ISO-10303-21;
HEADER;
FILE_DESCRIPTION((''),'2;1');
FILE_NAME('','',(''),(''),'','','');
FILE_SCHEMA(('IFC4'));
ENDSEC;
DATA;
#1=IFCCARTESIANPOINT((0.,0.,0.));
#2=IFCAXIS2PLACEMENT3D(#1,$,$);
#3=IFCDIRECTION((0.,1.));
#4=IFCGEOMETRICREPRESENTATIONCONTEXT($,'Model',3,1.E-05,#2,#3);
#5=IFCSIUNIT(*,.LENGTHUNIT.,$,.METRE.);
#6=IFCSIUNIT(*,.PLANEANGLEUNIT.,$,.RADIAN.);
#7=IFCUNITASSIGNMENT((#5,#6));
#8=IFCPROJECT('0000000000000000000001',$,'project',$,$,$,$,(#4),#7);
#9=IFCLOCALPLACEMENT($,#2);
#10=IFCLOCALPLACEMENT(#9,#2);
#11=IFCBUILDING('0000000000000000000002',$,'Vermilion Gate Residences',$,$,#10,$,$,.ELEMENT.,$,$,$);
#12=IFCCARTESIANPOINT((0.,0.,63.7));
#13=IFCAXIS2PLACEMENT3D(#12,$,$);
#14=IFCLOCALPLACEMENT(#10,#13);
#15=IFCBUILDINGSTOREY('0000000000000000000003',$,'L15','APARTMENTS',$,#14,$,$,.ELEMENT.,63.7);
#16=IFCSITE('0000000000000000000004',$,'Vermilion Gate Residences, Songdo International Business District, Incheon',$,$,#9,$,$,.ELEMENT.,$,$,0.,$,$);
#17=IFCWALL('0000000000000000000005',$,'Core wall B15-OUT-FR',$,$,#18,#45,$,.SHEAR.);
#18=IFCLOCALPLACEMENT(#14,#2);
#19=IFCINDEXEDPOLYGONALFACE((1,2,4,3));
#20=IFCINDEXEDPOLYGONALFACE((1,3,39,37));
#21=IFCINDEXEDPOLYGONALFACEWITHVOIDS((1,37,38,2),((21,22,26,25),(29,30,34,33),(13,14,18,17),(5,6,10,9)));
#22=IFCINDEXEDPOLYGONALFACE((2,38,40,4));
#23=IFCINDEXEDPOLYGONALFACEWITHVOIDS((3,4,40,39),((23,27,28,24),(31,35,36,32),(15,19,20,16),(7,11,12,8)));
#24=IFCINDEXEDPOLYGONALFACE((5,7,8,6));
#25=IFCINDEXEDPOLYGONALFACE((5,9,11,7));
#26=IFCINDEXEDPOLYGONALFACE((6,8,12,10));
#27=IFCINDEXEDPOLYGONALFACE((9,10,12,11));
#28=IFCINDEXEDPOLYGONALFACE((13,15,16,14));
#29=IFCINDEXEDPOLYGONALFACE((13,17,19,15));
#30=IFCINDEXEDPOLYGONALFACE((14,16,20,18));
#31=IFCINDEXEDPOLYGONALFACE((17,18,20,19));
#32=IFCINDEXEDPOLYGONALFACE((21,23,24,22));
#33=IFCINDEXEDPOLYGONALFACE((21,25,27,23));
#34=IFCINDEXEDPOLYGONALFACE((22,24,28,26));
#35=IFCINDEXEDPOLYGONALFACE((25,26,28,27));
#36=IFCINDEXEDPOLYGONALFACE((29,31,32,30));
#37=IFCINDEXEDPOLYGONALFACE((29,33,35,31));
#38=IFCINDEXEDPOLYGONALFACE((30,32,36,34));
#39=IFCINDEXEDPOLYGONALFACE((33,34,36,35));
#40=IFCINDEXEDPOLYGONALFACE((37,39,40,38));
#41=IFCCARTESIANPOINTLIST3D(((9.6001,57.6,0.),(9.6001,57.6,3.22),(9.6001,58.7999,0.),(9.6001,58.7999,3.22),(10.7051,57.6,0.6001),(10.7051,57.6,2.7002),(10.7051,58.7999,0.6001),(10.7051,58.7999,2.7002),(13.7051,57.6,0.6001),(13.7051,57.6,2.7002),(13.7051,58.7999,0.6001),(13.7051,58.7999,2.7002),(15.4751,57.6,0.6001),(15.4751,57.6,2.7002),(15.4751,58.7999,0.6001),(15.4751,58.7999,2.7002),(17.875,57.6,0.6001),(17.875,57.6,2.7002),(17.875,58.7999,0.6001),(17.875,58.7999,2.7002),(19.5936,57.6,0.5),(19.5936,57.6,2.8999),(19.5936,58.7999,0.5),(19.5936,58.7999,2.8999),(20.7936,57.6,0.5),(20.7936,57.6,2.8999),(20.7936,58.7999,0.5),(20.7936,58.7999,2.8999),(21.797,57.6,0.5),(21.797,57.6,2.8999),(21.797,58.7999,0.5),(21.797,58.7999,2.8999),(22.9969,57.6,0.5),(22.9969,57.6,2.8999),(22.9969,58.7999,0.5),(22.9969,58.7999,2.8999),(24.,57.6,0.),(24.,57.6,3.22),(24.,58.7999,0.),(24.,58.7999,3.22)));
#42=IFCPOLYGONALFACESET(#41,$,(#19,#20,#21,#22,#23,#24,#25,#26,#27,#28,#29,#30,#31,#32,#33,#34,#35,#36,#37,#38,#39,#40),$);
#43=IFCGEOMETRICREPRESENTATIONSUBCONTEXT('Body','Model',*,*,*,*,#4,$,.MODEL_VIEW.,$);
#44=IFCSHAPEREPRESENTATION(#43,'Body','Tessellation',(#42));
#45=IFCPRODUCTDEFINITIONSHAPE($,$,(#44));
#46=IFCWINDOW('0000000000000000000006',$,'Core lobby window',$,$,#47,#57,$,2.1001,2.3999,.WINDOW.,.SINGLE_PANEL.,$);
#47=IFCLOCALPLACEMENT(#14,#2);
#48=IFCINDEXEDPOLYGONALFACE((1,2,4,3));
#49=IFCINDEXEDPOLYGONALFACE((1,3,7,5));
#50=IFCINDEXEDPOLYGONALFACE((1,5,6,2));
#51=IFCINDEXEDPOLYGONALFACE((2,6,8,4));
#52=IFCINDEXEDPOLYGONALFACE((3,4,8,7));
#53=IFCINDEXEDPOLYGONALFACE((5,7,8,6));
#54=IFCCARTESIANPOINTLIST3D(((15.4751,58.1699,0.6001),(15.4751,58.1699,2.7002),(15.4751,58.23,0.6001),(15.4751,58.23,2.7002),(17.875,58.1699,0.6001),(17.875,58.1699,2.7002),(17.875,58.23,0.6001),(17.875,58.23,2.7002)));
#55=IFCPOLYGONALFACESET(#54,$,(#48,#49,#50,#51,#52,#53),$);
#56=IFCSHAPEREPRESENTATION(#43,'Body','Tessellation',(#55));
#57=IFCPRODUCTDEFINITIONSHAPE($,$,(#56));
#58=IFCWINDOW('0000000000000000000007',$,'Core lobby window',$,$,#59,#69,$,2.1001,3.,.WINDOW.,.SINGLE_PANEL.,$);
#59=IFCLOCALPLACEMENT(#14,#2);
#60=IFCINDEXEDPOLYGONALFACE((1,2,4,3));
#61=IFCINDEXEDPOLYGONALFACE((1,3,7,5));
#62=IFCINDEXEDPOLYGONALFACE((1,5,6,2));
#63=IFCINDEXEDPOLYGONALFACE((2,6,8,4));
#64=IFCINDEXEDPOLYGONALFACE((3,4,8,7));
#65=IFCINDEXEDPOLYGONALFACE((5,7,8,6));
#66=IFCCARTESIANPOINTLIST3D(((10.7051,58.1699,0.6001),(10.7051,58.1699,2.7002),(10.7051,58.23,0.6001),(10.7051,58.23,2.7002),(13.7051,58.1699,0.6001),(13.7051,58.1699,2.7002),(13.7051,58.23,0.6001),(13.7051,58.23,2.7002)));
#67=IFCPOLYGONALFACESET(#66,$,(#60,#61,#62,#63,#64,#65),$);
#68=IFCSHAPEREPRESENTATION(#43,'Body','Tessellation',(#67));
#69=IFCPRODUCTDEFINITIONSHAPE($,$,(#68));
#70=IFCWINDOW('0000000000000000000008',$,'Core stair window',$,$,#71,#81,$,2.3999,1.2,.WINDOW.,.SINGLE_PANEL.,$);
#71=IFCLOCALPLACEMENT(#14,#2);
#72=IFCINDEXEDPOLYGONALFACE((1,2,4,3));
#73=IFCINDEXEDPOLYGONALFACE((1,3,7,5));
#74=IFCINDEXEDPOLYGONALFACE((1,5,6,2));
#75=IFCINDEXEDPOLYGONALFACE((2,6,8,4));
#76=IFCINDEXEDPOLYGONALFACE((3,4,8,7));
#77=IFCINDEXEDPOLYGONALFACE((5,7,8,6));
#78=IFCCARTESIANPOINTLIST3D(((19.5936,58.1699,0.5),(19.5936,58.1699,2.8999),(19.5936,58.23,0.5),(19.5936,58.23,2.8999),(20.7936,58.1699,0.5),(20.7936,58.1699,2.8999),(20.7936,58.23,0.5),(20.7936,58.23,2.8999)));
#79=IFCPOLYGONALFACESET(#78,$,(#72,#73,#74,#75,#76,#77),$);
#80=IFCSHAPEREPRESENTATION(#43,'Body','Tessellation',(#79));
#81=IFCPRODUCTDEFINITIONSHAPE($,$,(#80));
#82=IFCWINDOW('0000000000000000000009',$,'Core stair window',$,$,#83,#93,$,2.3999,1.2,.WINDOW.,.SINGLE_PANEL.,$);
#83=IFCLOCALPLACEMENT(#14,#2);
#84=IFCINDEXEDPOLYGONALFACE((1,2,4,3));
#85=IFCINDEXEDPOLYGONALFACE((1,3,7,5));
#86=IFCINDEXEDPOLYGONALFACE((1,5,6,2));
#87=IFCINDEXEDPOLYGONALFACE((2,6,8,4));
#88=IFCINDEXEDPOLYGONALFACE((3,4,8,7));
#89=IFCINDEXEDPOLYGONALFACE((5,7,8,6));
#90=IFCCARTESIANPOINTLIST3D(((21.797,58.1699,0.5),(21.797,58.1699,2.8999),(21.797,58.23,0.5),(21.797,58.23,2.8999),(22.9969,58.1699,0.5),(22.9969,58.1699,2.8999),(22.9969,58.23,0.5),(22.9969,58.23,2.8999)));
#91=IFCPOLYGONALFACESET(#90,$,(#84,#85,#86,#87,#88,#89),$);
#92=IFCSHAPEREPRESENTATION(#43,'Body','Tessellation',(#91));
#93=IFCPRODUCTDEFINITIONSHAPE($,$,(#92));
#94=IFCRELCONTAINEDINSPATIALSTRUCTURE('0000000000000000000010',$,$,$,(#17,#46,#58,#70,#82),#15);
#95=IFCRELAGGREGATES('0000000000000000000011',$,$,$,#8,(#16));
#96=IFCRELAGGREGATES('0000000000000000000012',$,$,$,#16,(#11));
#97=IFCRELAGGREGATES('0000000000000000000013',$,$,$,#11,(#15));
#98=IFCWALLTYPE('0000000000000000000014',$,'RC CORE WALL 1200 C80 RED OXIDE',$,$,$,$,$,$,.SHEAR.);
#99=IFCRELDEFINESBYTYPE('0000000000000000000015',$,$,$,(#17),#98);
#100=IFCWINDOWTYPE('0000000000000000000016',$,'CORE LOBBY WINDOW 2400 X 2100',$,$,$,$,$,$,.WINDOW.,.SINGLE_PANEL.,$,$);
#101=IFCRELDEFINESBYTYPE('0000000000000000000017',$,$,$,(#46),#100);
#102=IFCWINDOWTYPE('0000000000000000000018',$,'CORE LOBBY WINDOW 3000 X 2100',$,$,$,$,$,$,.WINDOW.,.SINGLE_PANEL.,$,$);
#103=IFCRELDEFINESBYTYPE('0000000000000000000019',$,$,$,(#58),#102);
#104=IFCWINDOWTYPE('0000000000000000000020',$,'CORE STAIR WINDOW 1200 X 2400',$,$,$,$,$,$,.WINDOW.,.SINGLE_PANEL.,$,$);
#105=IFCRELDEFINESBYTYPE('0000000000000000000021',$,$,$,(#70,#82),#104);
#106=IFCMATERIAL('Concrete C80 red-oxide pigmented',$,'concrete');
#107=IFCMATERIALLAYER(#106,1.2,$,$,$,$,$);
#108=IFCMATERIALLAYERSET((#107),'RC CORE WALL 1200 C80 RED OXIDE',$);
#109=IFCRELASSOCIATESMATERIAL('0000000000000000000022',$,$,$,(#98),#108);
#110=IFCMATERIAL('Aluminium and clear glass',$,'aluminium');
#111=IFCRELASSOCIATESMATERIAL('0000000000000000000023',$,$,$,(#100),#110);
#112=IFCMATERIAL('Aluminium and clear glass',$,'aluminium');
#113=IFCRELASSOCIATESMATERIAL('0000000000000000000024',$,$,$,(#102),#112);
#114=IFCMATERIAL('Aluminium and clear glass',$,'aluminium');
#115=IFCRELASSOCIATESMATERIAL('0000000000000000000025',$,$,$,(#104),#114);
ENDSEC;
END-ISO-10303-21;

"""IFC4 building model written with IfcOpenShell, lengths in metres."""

from ifc_helpers import new_model, si_unit, direction, frame, frame_2d, origin, place, context, subcontext, project, spatial, rectangle, extrude, material, layer, layer_set, type_object, element, fill, save


model = new_model("IFC4")

# Units and contexts
model_context = context("Model", 3, precision=1e-05, world=origin(), true_north=direction((0.0, 1.0)))
body_context = subcontext(model_context, "Body", "Model", "MODEL_VIEW")
ifc_project = project(units=[si_unit("LENGTHUNIT", "METRE"), si_unit("PLANEANGLEUNIT", "RADIAN")], contexts=[model_context])

# Site, building, storey
site_placement = place(None, origin())
site = spatial("IfcSite", under=ifc_project, at=site_placement, Name="Vermilion Gate Residences, Songdo International Business District, Incheon", CompositionType="ELEMENT", RefElevation=0.0)
building_placement = place(site_placement, origin())
building = spatial("IfcBuilding", under=site, at=building_placement, Name="Vermilion Gate Residences", CompositionType="ELEMENT")
storey_placement = place(building_placement, frame((0.0, 0.0, 63.7)))
storey = spatial("IfcBuildingStorey", under=building, at=storey_placement, Name="L15", Description="APARTMENTS", CompositionType="ELEMENT", Elevation=63.7)

# Wall, openings, windows
ifc_material_1 = material(Name="Concrete C80 red-oxide pigmented", Category="concrete")
ifc_layer_1 = layer(ifc_material_1, 1.2)
ifc_layer_set_1 = layer_set([ifc_layer_1], Name="RC CORE WALL 1200 C80 RED OXIDE")
wall_type_1 = type_object("IfcWallType", Name="RC CORE WALL 1200 C80 RED OXIDE", PredefinedType="SHEAR", material=ifc_layer_set_1)
wall_1_placement = place(storey_placement, frame((9.6001, 58.2, 0.0), z_axis=(0.0, 0.0, 1.0), x_axis=(1.0, 0.0, 0.0)))
wall_1 = element("IfcWall", 1, at=wall_1_placement, inside=storey, type_object=wall_type_1, Name="Core wall B15-OUT-FR", PredefinedType="SHEAR", context=body_context, shape_type="SweptSolid", body=[
    extrude(rectangle(XDim=14.3999, YDim=1.2, at=frame_2d((7.2, 0.0))), origin(), (0.0, 0.0, 1.0), 3.22),
])
opening_1_placement = place(wall_1_placement, frame((1.105, 0.0, 0.6001)))
opening_1 = element("IfcOpeningElement", 2, at=opening_1_placement, cuts=wall_1, PredefinedType="OPENING", context=body_context, shape_type="SweptSolid", body=[
    extrude(rectangle(XDim=3.0, YDim=2.1001, at=frame_2d((1.5, 1.05))), frame((0.0, 0.6099, 0.0), z_axis=(0.0, -1.0, 0.0), x_axis=(1.0, 0.0, 0.0)), (0.0, 0.0, 1.0), 1.22),
])
opening_2_placement = place(wall_1_placement, frame((5.875, 0.0, 0.6001)))
opening_2 = element("IfcOpeningElement", 3, at=opening_2_placement, cuts=wall_1, PredefinedType="OPENING", context=body_context, shape_type="SweptSolid", body=[
    extrude(rectangle(XDim=2.3999, YDim=2.1001, at=frame_2d((1.2, 1.05))), frame((0.0, 0.6099, 0.0), z_axis=(0.0, -1.0, 0.0), x_axis=(1.0, 0.0, 0.0)), (0.0, 0.0, 1.0), 1.22),
])
opening_3_placement = place(wall_1_placement, frame((9.9934, 0.0, 0.5)))
opening_3 = element("IfcOpeningElement", 4, at=opening_3_placement, cuts=wall_1, PredefinedType="OPENING", context=body_context, shape_type="SweptSolid", body=[
    extrude(rectangle(XDim=1.2, YDim=2.3999, at=frame_2d((0.6001, 1.2))), frame((0.0, 0.6099, 0.0), z_axis=(0.0, -1.0, 0.0), x_axis=(1.0, 0.0, 0.0)), (0.0, 0.0, 1.0), 1.22),
])
opening_4_placement = place(wall_1_placement, frame((12.1968, 0.0, 0.5)))
opening_4 = element("IfcOpeningElement", 5, at=opening_4_placement, cuts=wall_1, PredefinedType="OPENING", context=body_context, shape_type="SweptSolid", body=[
    extrude(rectangle(XDim=1.2, YDim=2.3999, at=frame_2d((0.6001, 1.2))), frame((0.0, 0.6099, 0.0), z_axis=(0.0, -1.0, 0.0), x_axis=(1.0, 0.0, 0.0)), (0.0, 0.0, 1.0), 1.22),
])
ifc_material_2 = material(Name="Aluminium and clear glass", Category="aluminium")
window_type_1 = type_object("IfcWindowType", Name="CORE LOBBY WINDOW 2400 X 2100", PartitioningType="SINGLE_PANEL", PredefinedType="WINDOW", material=ifc_material_2)
window_1_placement = place(opening_2_placement, origin())
window_1 = element("IfcWindow", 6, at=window_1_placement, inside=storey, type_object=window_type_1, Name="Core lobby window", OverallHeight=2.1001, OverallWidth=2.3999, PartitioningType="SINGLE_PANEL", PredefinedType="WINDOW", context=body_context, shape_type="SweptSolid", body=[
    extrude(rectangle(XDim=2.3999, YDim=2.1001, at=frame_2d((1.2, 1.05))), frame((0.0, 0.03, 0.0), z_axis=(0.0, -1.0, 0.0), x_axis=(1.0, 0.0, 0.0)), (0.0, 0.0, 1.0), 0.0601),
])
fill(opening_2, window_1)
ifc_material_3 = material(Name="Aluminium and clear glass", Category="aluminium")
window_type_2 = type_object("IfcWindowType", Name="CORE LOBBY WINDOW 3000 X 2100", PartitioningType="SINGLE_PANEL", PredefinedType="WINDOW", material=ifc_material_3)
window_2_placement = place(opening_1_placement, origin())
window_2 = element("IfcWindow", 7, at=window_2_placement, inside=storey, type_object=window_type_2, Name="Core lobby window", OverallHeight=2.1001, OverallWidth=3.0, PartitioningType="SINGLE_PANEL", PredefinedType="WINDOW", context=body_context, shape_type="SweptSolid", body=[
    extrude(rectangle(XDim=3.0, YDim=2.1001, at=frame_2d((1.5, 1.05))), frame((0.0, 0.03, 0.0), z_axis=(0.0, -1.0, 0.0), x_axis=(1.0, 0.0, 0.0)), (0.0, 0.0, 1.0), 0.0601),
])
fill(opening_1, window_2)
ifc_material_4 = material(Name="Aluminium and clear glass", Category="aluminium")
window_type_3 = type_object("IfcWindowType", Name="CORE STAIR WINDOW 1200 X 2400", PartitioningType="SINGLE_PANEL", PredefinedType="WINDOW", material=ifc_material_4)
window_3_placement = place(opening_3_placement, origin())
window_3 = element("IfcWindow", 8, at=window_3_placement, inside=storey, type_object=window_type_3, Name="Core stair window", OverallHeight=2.3999, OverallWidth=1.2, PartitioningType="SINGLE_PANEL", PredefinedType="WINDOW", context=body_context, shape_type="SweptSolid", body=[
    extrude(rectangle(XDim=1.2, YDim=2.3999, at=frame_2d((0.6001, 1.2))), frame((0.0, 0.03, 0.0), z_axis=(0.0, -1.0, 0.0), x_axis=(1.0, 0.0, 0.0)), (0.0, 0.0, 1.0), 0.0601),
])
fill(opening_3, window_3)
window_4_placement = place(opening_4_placement, origin())
window_4 = element("IfcWindow", 9, at=window_4_placement, inside=storey, type_object=window_type_3, Name="Core stair window", OverallHeight=2.3999, OverallWidth=1.2, PartitioningType="SINGLE_PANEL", PredefinedType="WINDOW", context=body_context, shape_type="SweptSolid", body=[
    extrude(rectangle(XDim=1.2, YDim=2.3999, at=frame_2d((0.6001, 1.2))), frame((0.0, 0.03, 0.0), z_axis=(0.0, -1.0, 0.0), x_axis=(1.0, 0.0, 0.0)), (0.0, 0.0, 1.0), 0.0601),
])
fill(opening_4, window_4)

save(model, "model.ifc")
